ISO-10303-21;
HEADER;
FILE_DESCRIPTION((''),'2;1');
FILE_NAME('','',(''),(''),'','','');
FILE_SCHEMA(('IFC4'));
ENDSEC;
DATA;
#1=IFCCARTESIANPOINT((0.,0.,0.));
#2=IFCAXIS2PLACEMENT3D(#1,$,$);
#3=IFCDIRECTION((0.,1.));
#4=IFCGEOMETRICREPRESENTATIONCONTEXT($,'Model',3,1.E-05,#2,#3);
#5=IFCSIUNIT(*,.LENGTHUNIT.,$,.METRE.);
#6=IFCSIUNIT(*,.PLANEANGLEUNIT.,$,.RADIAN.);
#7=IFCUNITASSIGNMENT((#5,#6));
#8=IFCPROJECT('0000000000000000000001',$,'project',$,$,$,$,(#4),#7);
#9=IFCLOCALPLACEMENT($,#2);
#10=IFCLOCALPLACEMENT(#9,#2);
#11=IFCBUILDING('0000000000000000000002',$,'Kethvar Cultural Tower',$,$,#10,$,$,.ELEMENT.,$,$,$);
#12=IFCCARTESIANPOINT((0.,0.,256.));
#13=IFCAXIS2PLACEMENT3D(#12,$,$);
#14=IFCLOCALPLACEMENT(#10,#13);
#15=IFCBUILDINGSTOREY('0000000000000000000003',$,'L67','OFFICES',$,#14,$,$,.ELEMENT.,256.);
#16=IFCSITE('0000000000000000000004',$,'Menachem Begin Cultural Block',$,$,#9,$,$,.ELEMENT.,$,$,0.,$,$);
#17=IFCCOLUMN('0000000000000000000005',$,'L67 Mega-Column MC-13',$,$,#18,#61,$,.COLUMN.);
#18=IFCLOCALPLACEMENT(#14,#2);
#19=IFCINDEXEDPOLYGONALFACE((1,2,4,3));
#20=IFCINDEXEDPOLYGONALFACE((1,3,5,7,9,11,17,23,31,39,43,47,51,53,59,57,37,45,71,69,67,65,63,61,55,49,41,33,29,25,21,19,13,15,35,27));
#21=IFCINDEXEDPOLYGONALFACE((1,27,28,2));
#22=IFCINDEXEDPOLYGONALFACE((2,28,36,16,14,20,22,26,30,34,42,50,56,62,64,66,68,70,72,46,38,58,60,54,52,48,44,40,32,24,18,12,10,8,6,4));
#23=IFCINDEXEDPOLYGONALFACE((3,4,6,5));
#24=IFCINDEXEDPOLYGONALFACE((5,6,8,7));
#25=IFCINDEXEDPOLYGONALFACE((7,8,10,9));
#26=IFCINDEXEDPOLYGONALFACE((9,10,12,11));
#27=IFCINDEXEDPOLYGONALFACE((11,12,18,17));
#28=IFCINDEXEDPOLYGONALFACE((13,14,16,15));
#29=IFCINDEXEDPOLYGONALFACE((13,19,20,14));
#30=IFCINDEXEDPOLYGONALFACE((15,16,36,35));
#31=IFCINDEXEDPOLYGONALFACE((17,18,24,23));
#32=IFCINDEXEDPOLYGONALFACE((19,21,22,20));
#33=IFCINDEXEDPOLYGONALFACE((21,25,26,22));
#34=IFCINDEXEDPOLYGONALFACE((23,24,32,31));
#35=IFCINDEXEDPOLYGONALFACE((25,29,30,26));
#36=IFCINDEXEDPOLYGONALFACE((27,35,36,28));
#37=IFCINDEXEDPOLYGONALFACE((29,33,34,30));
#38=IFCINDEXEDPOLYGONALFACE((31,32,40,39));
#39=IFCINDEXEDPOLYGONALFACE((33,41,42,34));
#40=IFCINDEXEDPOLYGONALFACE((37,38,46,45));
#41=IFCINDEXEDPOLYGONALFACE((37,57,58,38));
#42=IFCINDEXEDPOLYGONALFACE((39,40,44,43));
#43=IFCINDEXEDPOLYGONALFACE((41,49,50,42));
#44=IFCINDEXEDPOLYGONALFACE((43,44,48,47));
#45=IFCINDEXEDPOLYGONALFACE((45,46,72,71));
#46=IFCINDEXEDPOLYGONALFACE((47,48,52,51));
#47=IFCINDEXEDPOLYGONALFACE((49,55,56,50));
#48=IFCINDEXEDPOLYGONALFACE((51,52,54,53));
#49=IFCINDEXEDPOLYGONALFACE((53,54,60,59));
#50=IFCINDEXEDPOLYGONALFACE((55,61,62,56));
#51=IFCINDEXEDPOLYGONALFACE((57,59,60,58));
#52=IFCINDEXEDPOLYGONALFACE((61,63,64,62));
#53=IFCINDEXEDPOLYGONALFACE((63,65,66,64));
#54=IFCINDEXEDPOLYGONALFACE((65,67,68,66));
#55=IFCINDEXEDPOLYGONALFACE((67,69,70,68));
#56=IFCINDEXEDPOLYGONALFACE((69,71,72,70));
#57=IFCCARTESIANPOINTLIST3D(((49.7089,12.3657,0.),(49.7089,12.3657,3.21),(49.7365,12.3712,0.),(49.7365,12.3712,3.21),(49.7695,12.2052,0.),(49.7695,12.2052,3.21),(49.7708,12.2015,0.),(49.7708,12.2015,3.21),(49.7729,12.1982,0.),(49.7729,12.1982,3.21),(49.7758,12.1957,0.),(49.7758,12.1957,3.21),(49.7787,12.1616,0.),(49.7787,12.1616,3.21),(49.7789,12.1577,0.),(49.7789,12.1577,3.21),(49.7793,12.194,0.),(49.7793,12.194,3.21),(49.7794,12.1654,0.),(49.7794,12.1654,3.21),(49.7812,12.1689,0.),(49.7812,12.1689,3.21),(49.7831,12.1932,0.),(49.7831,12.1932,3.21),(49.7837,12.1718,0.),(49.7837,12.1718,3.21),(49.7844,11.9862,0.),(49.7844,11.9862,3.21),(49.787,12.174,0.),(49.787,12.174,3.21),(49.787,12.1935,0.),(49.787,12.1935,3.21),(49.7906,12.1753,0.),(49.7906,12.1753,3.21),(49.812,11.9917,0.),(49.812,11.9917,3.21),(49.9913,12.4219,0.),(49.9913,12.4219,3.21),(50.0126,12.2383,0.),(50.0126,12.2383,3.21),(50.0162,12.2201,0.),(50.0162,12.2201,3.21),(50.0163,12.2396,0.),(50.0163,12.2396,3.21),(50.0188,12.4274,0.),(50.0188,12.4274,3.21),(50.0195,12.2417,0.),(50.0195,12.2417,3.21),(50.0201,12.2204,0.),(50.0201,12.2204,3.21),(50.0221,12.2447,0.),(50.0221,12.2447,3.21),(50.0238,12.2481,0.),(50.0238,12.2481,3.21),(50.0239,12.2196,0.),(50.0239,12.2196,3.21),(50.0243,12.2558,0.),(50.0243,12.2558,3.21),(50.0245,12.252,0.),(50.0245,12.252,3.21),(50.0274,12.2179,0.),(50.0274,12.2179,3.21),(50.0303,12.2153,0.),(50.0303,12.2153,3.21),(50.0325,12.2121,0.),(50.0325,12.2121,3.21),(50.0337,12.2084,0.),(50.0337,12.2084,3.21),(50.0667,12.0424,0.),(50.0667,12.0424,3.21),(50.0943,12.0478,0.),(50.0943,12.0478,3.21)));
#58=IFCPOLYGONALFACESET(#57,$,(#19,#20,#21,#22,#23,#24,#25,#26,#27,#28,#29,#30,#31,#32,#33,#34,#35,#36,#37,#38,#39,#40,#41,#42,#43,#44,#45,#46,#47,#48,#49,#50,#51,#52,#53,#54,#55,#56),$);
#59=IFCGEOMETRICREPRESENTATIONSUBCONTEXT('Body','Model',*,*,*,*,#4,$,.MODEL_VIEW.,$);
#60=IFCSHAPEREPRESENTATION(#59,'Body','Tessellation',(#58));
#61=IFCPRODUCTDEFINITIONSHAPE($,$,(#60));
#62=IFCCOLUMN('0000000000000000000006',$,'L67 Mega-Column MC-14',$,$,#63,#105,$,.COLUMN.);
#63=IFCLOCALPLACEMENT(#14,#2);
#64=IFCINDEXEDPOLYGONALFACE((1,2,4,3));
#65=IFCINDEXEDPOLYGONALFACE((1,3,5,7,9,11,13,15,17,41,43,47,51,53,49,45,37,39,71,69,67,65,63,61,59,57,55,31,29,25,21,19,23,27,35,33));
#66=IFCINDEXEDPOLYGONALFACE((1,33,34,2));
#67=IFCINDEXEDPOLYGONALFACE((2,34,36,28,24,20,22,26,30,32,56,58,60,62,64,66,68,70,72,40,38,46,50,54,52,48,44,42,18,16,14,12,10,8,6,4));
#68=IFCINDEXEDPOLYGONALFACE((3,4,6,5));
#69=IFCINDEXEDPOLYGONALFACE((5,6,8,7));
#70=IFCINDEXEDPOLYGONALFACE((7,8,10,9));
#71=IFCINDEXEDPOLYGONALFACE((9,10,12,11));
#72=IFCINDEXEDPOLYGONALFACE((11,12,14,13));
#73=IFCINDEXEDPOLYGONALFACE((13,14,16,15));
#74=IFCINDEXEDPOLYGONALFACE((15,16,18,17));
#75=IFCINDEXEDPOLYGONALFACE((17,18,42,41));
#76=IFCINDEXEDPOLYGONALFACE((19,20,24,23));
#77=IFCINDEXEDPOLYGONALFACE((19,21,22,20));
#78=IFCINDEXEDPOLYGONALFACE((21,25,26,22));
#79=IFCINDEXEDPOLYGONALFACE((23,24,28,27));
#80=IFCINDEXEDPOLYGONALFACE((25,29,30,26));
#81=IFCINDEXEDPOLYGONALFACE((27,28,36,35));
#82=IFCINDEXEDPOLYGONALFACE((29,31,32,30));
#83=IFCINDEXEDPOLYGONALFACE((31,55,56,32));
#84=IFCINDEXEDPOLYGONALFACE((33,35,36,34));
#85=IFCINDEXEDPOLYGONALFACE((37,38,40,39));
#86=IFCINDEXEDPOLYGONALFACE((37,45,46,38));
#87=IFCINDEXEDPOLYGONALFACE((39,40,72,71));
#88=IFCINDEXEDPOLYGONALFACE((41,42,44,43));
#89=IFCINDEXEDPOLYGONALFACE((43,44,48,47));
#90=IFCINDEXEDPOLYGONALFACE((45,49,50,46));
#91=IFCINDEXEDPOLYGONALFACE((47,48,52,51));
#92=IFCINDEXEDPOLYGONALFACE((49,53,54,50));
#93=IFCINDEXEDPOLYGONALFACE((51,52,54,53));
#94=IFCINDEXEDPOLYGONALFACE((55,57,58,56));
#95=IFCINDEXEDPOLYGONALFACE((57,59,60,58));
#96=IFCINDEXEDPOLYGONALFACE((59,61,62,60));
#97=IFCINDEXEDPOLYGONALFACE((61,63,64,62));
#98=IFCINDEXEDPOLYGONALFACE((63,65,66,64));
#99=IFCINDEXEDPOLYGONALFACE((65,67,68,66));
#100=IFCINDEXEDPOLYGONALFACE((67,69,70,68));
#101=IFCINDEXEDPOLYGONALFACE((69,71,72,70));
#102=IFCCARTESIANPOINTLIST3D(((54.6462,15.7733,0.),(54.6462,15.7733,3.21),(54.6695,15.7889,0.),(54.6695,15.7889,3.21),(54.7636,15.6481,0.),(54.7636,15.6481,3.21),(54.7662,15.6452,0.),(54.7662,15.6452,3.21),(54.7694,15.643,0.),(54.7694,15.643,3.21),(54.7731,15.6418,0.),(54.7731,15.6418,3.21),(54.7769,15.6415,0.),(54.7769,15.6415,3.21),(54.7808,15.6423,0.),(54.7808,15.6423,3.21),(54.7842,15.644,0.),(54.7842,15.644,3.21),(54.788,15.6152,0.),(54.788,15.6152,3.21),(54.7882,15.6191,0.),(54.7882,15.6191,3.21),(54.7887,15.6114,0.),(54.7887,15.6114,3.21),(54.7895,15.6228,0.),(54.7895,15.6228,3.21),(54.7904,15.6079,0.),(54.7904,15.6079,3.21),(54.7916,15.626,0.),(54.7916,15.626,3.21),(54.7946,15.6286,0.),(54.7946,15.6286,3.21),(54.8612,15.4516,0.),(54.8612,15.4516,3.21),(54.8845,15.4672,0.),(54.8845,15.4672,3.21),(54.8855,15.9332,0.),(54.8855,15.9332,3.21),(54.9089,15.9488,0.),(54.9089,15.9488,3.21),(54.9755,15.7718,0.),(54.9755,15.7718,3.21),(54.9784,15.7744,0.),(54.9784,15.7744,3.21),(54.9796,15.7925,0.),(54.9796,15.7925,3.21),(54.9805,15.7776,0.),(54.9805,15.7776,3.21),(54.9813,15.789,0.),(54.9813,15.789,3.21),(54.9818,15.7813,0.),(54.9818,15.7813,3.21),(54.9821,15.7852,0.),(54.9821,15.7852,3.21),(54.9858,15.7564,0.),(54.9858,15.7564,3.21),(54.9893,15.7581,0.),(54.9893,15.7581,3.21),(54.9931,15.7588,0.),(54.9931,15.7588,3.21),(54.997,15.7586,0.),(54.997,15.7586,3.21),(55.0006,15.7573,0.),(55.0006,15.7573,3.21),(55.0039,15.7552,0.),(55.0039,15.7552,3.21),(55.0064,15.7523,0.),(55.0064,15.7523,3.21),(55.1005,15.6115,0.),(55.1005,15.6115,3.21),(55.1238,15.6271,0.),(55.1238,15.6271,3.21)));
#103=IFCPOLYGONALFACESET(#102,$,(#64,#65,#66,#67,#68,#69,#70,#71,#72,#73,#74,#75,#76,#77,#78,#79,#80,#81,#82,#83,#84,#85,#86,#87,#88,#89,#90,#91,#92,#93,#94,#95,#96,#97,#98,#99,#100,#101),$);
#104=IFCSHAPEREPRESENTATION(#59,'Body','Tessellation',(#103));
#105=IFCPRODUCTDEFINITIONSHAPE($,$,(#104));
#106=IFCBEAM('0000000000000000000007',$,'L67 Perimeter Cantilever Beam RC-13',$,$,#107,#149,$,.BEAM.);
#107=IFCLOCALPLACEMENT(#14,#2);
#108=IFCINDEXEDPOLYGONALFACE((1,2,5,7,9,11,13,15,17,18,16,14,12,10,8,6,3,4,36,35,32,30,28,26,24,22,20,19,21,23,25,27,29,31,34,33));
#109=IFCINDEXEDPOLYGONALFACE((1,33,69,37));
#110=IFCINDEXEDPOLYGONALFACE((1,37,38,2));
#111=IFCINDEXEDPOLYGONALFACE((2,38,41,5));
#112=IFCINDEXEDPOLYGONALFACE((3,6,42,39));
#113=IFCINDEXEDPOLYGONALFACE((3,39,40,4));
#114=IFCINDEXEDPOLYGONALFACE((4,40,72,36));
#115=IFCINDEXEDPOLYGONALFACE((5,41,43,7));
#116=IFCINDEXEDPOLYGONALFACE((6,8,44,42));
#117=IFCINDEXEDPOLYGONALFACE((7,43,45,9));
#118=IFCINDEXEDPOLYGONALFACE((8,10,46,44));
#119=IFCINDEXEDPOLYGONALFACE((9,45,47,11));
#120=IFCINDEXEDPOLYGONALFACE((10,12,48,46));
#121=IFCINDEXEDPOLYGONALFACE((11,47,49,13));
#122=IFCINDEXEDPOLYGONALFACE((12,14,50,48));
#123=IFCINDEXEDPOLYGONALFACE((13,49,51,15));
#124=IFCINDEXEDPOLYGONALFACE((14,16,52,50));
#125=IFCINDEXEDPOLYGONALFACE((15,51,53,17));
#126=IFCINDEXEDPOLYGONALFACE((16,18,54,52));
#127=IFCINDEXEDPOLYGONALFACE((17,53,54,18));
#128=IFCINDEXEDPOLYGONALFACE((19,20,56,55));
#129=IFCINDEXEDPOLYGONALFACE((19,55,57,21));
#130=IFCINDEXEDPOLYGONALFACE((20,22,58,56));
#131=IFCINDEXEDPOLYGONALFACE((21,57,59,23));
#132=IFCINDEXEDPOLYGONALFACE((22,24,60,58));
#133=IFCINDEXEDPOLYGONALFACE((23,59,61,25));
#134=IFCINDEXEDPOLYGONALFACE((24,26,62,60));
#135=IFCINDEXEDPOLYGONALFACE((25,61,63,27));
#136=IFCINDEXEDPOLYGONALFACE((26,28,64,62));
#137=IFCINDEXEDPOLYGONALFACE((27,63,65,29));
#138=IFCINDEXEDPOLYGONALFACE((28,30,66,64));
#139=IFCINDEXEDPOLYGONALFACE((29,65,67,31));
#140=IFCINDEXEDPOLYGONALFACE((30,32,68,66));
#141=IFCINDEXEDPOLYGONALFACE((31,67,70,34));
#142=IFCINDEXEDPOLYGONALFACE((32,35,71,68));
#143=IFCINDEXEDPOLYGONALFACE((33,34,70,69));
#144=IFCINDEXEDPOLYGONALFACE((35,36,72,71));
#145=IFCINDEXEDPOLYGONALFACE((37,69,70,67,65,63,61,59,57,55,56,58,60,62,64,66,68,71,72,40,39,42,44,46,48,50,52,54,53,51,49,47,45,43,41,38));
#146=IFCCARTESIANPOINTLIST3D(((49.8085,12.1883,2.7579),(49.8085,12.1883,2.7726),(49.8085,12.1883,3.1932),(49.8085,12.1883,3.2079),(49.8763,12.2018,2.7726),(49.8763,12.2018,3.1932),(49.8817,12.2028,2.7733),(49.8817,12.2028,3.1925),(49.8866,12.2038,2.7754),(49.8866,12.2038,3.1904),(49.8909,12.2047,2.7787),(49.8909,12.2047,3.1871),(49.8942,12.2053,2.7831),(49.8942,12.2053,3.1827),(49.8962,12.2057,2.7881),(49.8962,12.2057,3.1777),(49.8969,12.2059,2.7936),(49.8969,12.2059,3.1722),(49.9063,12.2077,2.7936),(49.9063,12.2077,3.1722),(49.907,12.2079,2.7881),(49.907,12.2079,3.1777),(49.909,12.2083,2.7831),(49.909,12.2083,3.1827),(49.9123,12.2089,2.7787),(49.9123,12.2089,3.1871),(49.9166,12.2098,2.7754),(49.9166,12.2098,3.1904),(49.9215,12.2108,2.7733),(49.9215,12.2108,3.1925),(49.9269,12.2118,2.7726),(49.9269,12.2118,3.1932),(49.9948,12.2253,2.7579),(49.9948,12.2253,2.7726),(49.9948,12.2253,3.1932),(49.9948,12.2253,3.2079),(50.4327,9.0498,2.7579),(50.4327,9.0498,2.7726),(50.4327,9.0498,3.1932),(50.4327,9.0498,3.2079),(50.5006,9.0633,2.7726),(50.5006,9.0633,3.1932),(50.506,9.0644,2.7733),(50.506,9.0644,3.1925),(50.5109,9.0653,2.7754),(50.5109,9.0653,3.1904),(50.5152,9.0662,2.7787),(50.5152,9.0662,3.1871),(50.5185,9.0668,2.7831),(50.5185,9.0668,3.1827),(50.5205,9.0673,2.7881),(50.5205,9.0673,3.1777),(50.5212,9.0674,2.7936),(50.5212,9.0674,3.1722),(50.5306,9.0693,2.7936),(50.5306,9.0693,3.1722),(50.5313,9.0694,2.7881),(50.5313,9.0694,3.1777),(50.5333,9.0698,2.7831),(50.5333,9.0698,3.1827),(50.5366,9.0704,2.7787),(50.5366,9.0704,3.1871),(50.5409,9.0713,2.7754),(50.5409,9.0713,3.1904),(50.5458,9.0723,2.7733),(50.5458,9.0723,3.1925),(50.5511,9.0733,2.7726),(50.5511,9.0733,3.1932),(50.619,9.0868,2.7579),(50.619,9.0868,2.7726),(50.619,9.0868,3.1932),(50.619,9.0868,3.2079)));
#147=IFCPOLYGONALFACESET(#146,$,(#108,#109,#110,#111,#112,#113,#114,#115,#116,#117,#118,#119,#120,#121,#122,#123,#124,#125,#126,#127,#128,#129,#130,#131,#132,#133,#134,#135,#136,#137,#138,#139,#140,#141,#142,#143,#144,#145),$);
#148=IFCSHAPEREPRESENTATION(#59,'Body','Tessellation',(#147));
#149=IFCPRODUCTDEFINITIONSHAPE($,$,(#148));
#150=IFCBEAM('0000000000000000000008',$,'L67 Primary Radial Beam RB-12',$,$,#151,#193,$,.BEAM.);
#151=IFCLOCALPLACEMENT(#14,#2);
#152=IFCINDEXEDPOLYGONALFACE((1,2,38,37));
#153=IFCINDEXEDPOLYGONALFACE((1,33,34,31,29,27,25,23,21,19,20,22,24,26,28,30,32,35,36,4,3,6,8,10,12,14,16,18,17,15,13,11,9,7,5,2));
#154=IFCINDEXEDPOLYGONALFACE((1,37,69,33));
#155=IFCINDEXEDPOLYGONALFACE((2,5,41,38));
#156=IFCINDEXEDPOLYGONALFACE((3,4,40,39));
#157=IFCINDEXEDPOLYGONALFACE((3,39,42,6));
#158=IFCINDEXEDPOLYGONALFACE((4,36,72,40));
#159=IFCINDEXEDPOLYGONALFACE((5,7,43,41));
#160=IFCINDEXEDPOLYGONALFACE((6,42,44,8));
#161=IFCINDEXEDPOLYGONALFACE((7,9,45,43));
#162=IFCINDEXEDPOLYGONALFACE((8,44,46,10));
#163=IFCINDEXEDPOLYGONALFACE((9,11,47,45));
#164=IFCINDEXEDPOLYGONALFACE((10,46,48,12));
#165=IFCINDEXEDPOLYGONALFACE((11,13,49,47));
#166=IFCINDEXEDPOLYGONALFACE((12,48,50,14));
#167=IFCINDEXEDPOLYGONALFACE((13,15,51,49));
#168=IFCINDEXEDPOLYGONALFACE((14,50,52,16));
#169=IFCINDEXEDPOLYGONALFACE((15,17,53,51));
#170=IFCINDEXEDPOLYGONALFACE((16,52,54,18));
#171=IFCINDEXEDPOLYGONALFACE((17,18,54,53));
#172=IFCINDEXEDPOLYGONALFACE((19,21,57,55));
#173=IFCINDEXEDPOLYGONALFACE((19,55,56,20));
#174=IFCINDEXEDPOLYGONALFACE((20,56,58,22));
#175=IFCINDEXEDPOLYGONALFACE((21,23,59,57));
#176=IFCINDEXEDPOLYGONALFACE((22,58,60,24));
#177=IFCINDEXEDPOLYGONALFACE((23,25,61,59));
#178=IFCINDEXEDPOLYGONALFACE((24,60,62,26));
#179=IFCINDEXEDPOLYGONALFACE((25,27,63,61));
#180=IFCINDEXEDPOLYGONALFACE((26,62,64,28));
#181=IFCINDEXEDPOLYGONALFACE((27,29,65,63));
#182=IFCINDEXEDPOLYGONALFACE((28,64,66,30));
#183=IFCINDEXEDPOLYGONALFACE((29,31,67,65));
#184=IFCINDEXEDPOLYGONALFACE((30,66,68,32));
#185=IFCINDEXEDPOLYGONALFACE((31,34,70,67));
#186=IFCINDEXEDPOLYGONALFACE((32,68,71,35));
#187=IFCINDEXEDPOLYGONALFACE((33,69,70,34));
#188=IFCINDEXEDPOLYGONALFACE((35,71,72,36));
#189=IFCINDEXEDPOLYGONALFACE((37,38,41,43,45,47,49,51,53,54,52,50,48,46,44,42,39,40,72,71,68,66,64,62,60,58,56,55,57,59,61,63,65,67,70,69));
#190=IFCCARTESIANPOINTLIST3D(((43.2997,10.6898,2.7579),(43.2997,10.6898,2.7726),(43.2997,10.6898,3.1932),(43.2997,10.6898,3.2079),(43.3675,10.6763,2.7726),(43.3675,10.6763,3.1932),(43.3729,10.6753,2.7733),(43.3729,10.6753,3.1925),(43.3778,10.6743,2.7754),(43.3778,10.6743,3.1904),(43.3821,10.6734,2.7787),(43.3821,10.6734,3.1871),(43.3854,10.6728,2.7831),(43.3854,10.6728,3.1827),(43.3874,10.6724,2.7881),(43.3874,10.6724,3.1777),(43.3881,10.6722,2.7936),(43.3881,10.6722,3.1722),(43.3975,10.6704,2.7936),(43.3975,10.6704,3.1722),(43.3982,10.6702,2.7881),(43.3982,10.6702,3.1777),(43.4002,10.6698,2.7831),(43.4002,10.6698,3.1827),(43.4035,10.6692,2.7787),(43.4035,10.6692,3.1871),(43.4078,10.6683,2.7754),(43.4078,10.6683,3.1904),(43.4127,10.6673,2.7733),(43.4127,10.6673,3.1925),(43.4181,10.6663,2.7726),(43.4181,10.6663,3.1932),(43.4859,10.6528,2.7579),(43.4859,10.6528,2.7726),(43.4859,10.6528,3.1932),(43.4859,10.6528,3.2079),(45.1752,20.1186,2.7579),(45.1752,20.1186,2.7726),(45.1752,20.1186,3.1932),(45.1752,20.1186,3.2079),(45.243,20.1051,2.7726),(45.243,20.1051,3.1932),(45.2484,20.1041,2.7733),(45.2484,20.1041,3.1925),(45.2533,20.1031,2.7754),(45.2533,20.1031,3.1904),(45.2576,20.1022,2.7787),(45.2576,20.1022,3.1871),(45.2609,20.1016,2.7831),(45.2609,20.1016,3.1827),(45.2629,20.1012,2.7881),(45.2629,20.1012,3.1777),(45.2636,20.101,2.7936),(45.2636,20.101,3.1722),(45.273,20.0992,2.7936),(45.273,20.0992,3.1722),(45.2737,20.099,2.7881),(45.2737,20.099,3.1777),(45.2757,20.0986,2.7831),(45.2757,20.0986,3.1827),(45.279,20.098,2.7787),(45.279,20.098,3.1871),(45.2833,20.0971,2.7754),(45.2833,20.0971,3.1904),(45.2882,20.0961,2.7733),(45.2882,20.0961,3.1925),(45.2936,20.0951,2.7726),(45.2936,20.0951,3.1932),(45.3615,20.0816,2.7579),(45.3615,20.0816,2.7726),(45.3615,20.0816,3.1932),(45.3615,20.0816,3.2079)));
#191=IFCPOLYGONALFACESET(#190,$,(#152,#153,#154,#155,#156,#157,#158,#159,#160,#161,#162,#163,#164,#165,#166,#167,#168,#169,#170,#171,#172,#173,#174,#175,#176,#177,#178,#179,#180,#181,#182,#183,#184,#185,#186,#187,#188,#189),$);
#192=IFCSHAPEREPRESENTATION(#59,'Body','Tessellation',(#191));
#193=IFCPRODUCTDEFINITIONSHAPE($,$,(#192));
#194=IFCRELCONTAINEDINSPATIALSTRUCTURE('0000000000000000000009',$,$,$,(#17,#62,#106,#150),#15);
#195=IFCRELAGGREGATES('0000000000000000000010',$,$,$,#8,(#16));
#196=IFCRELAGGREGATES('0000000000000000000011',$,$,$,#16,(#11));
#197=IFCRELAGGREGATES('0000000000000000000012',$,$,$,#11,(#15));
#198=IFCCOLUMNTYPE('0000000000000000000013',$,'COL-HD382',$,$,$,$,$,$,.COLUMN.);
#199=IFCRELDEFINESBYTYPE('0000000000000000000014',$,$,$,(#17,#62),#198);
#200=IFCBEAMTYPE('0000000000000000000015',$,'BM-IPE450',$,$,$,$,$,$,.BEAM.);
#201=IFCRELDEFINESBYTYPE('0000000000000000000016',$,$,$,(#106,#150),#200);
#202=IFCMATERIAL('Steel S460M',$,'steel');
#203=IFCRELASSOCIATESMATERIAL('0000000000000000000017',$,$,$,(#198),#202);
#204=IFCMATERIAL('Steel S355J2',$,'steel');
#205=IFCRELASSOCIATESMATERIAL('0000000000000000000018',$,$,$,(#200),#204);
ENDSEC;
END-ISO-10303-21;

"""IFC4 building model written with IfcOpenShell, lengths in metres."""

from ifc_helpers import new_model, si_unit, direction, frame, origin, origin_2d, place, context, subcontext, project, spatial, i_section, extrude, source, transform, mapped, material, material_profile, profile_set, type_object, element, save


model = new_model("IFC4")

# Units and contexts
model_context = context("Model", 3, precision=1e-05, world=origin(), true_north=direction((0.0, 1.0)))
body_context = subcontext(model_context, "Body", "Model", "MODEL_VIEW")
ifc_project = project(units=[si_unit("LENGTHUNIT", "METRE"), si_unit("PLANEANGLEUNIT", "RADIAN")], contexts=[model_context])

# Site, building, storey
site_placement = place(None, origin())
site = spatial("IfcSite", under=ifc_project, at=site_placement, Name="Menachem Begin Cultural Block", CompositionType="ELEMENT", RefElevation=0.0)
building_placement = place(site_placement, origin())
building = spatial("IfcBuilding", under=site, at=building_placement, Name="Kethvar Cultural Tower", CompositionType="ELEMENT")
storey_placement = place(building_placement, frame((0.0, 0.0, 256.0)))
storey = spatial("IfcBuildingStorey", under=building, at=storey_placement, Name="L67", Description="OFFICES", CompositionType="ELEMENT", Elevation=256.0)

# Columns
ifc_material_1 = material(Name="Steel S460M", Category="steel")
ifc_material_profile_1 = material_profile(ifc_material_1, i_section(OverallWidth=0.387, OverallDepth=0.3159, WebThickness=0.0186, FlangeThickness=0.0281, FilletRadius=0.0149, at=origin_2d()), Name="Steel S460M — HD400x382")
ifc_profile_set_1 = profile_set([ifc_material_profile_1], Name="Steel S460M — HD400x382")
column_type = type_object("IfcColumnType", Name="COL-HD382", PredefinedType="COLUMN", material=ifc_profile_set_1)
shared_shape_1 = source(origin(), body_context, "Body", "SweptSolid", [
    extrude(i_section(OverallWidth=0.387, OverallDepth=0.3159, WebThickness=0.0186, FlangeThickness=0.0281, FilletRadius=0.0149, at=origin_2d()), origin(), (0.0, 0.0, 1.0), 3.21),
])
for number, where, z_axis, x_axis, name in (
    (1, (49.9016, 12.2068, 0.0), (0.0, 0.0, 1.0), (0.19509, -0.980785, 0.0), "L67 Mega-Column MC-13"),
    (2, (54.885, 15.7002, 0.0), (0.0, 0.0, 1.0), (0.55557, -0.83147, 0.0), "L67 Mega-Column MC-14"),
):
    element("IfcColumn", number, at=place(storey_placement, frame(where, z_axis=z_axis, x_axis=x_axis)), inside=storey, type_object=column_type, Name=name, PredefinedType="COLUMN", context=body_context, shape_type="MappedRepresentation", body=[
        mapped(shared_shape_1, transform((0.0, 0.0, 0.0), scale=1.0)),
    ])

# Beams
ifc_material_2 = material(Name="Steel S355J2", Category="steel")
ifc_material_profile_2 = material_profile(ifc_material_2, i_section(OverallWidth=0.1899, OverallDepth=0.45, WebThickness=0.0095, FlangeThickness=0.0146, FilletRadius=0.021, at=origin_2d()), Name="Steel S355J2 — IPE450")
ifc_profile_set_2 = profile_set([ifc_material_profile_2], Name="Steel S355J2 — IPE450")
beam_type_1 = type_object("IfcBeamType", Name="BM-IPE450", PredefinedType="BEAM", material=ifc_profile_set_2)
shared_shape_2 = source(origin(), body_context, "Body", "SweptSolid", [
    extrude(i_section(OverallWidth=0.1899, OverallDepth=0.45, WebThickness=0.0095, FlangeThickness=0.0146, FilletRadius=0.021, at=origin_2d()), origin(), (0.0, 0.0, 1.0), 3.2),
])
beam_1_placement = place(storey_placement, frame((49.9016, 12.2068, 2.9829), z_axis=(0.195089, -0.980786, 0.0), x_axis=(0.980786, 0.195089, 0.0)))
element("IfcBeam", 3, at=beam_1_placement, inside=storey, type_object=beam_type_1, Name="L67 Perimeter Cantilever Beam RC-13", PredefinedType="BEAM", context=body_context, shape_type="MappedRepresentation", body=[
    mapped(shared_shape_2, transform((0.0, 0.0, 0.0), scale=1.0)),
])
shared_shape_3 = source(origin(), body_context, "Body", "SweptSolid", [
    extrude(i_section(OverallWidth=0.1899, OverallDepth=0.45, WebThickness=0.0095, FlangeThickness=0.0146, FilletRadius=0.021, at=origin_2d()), origin(), (0.0, 0.0, 1.0), 9.6135),
])
beam_2_placement = place(storey_placement, frame((45.2683, 20.1001, 2.9829), z_axis=(-0.19509, -0.980785, 0.0), x_axis=(0.980785, -0.19509, 0.0)))
element("IfcBeam", 4, at=beam_2_placement, inside=storey, type_object=beam_type_1, Name="L67 Primary Radial Beam RB-12", PredefinedType="BEAM", context=body_context, shape_type="MappedRepresentation", body=[
    mapped(shared_shape_3, transform((0.0, 0.0, 0.0), scale=1.0)),
])

save(model, "model.ifc")
